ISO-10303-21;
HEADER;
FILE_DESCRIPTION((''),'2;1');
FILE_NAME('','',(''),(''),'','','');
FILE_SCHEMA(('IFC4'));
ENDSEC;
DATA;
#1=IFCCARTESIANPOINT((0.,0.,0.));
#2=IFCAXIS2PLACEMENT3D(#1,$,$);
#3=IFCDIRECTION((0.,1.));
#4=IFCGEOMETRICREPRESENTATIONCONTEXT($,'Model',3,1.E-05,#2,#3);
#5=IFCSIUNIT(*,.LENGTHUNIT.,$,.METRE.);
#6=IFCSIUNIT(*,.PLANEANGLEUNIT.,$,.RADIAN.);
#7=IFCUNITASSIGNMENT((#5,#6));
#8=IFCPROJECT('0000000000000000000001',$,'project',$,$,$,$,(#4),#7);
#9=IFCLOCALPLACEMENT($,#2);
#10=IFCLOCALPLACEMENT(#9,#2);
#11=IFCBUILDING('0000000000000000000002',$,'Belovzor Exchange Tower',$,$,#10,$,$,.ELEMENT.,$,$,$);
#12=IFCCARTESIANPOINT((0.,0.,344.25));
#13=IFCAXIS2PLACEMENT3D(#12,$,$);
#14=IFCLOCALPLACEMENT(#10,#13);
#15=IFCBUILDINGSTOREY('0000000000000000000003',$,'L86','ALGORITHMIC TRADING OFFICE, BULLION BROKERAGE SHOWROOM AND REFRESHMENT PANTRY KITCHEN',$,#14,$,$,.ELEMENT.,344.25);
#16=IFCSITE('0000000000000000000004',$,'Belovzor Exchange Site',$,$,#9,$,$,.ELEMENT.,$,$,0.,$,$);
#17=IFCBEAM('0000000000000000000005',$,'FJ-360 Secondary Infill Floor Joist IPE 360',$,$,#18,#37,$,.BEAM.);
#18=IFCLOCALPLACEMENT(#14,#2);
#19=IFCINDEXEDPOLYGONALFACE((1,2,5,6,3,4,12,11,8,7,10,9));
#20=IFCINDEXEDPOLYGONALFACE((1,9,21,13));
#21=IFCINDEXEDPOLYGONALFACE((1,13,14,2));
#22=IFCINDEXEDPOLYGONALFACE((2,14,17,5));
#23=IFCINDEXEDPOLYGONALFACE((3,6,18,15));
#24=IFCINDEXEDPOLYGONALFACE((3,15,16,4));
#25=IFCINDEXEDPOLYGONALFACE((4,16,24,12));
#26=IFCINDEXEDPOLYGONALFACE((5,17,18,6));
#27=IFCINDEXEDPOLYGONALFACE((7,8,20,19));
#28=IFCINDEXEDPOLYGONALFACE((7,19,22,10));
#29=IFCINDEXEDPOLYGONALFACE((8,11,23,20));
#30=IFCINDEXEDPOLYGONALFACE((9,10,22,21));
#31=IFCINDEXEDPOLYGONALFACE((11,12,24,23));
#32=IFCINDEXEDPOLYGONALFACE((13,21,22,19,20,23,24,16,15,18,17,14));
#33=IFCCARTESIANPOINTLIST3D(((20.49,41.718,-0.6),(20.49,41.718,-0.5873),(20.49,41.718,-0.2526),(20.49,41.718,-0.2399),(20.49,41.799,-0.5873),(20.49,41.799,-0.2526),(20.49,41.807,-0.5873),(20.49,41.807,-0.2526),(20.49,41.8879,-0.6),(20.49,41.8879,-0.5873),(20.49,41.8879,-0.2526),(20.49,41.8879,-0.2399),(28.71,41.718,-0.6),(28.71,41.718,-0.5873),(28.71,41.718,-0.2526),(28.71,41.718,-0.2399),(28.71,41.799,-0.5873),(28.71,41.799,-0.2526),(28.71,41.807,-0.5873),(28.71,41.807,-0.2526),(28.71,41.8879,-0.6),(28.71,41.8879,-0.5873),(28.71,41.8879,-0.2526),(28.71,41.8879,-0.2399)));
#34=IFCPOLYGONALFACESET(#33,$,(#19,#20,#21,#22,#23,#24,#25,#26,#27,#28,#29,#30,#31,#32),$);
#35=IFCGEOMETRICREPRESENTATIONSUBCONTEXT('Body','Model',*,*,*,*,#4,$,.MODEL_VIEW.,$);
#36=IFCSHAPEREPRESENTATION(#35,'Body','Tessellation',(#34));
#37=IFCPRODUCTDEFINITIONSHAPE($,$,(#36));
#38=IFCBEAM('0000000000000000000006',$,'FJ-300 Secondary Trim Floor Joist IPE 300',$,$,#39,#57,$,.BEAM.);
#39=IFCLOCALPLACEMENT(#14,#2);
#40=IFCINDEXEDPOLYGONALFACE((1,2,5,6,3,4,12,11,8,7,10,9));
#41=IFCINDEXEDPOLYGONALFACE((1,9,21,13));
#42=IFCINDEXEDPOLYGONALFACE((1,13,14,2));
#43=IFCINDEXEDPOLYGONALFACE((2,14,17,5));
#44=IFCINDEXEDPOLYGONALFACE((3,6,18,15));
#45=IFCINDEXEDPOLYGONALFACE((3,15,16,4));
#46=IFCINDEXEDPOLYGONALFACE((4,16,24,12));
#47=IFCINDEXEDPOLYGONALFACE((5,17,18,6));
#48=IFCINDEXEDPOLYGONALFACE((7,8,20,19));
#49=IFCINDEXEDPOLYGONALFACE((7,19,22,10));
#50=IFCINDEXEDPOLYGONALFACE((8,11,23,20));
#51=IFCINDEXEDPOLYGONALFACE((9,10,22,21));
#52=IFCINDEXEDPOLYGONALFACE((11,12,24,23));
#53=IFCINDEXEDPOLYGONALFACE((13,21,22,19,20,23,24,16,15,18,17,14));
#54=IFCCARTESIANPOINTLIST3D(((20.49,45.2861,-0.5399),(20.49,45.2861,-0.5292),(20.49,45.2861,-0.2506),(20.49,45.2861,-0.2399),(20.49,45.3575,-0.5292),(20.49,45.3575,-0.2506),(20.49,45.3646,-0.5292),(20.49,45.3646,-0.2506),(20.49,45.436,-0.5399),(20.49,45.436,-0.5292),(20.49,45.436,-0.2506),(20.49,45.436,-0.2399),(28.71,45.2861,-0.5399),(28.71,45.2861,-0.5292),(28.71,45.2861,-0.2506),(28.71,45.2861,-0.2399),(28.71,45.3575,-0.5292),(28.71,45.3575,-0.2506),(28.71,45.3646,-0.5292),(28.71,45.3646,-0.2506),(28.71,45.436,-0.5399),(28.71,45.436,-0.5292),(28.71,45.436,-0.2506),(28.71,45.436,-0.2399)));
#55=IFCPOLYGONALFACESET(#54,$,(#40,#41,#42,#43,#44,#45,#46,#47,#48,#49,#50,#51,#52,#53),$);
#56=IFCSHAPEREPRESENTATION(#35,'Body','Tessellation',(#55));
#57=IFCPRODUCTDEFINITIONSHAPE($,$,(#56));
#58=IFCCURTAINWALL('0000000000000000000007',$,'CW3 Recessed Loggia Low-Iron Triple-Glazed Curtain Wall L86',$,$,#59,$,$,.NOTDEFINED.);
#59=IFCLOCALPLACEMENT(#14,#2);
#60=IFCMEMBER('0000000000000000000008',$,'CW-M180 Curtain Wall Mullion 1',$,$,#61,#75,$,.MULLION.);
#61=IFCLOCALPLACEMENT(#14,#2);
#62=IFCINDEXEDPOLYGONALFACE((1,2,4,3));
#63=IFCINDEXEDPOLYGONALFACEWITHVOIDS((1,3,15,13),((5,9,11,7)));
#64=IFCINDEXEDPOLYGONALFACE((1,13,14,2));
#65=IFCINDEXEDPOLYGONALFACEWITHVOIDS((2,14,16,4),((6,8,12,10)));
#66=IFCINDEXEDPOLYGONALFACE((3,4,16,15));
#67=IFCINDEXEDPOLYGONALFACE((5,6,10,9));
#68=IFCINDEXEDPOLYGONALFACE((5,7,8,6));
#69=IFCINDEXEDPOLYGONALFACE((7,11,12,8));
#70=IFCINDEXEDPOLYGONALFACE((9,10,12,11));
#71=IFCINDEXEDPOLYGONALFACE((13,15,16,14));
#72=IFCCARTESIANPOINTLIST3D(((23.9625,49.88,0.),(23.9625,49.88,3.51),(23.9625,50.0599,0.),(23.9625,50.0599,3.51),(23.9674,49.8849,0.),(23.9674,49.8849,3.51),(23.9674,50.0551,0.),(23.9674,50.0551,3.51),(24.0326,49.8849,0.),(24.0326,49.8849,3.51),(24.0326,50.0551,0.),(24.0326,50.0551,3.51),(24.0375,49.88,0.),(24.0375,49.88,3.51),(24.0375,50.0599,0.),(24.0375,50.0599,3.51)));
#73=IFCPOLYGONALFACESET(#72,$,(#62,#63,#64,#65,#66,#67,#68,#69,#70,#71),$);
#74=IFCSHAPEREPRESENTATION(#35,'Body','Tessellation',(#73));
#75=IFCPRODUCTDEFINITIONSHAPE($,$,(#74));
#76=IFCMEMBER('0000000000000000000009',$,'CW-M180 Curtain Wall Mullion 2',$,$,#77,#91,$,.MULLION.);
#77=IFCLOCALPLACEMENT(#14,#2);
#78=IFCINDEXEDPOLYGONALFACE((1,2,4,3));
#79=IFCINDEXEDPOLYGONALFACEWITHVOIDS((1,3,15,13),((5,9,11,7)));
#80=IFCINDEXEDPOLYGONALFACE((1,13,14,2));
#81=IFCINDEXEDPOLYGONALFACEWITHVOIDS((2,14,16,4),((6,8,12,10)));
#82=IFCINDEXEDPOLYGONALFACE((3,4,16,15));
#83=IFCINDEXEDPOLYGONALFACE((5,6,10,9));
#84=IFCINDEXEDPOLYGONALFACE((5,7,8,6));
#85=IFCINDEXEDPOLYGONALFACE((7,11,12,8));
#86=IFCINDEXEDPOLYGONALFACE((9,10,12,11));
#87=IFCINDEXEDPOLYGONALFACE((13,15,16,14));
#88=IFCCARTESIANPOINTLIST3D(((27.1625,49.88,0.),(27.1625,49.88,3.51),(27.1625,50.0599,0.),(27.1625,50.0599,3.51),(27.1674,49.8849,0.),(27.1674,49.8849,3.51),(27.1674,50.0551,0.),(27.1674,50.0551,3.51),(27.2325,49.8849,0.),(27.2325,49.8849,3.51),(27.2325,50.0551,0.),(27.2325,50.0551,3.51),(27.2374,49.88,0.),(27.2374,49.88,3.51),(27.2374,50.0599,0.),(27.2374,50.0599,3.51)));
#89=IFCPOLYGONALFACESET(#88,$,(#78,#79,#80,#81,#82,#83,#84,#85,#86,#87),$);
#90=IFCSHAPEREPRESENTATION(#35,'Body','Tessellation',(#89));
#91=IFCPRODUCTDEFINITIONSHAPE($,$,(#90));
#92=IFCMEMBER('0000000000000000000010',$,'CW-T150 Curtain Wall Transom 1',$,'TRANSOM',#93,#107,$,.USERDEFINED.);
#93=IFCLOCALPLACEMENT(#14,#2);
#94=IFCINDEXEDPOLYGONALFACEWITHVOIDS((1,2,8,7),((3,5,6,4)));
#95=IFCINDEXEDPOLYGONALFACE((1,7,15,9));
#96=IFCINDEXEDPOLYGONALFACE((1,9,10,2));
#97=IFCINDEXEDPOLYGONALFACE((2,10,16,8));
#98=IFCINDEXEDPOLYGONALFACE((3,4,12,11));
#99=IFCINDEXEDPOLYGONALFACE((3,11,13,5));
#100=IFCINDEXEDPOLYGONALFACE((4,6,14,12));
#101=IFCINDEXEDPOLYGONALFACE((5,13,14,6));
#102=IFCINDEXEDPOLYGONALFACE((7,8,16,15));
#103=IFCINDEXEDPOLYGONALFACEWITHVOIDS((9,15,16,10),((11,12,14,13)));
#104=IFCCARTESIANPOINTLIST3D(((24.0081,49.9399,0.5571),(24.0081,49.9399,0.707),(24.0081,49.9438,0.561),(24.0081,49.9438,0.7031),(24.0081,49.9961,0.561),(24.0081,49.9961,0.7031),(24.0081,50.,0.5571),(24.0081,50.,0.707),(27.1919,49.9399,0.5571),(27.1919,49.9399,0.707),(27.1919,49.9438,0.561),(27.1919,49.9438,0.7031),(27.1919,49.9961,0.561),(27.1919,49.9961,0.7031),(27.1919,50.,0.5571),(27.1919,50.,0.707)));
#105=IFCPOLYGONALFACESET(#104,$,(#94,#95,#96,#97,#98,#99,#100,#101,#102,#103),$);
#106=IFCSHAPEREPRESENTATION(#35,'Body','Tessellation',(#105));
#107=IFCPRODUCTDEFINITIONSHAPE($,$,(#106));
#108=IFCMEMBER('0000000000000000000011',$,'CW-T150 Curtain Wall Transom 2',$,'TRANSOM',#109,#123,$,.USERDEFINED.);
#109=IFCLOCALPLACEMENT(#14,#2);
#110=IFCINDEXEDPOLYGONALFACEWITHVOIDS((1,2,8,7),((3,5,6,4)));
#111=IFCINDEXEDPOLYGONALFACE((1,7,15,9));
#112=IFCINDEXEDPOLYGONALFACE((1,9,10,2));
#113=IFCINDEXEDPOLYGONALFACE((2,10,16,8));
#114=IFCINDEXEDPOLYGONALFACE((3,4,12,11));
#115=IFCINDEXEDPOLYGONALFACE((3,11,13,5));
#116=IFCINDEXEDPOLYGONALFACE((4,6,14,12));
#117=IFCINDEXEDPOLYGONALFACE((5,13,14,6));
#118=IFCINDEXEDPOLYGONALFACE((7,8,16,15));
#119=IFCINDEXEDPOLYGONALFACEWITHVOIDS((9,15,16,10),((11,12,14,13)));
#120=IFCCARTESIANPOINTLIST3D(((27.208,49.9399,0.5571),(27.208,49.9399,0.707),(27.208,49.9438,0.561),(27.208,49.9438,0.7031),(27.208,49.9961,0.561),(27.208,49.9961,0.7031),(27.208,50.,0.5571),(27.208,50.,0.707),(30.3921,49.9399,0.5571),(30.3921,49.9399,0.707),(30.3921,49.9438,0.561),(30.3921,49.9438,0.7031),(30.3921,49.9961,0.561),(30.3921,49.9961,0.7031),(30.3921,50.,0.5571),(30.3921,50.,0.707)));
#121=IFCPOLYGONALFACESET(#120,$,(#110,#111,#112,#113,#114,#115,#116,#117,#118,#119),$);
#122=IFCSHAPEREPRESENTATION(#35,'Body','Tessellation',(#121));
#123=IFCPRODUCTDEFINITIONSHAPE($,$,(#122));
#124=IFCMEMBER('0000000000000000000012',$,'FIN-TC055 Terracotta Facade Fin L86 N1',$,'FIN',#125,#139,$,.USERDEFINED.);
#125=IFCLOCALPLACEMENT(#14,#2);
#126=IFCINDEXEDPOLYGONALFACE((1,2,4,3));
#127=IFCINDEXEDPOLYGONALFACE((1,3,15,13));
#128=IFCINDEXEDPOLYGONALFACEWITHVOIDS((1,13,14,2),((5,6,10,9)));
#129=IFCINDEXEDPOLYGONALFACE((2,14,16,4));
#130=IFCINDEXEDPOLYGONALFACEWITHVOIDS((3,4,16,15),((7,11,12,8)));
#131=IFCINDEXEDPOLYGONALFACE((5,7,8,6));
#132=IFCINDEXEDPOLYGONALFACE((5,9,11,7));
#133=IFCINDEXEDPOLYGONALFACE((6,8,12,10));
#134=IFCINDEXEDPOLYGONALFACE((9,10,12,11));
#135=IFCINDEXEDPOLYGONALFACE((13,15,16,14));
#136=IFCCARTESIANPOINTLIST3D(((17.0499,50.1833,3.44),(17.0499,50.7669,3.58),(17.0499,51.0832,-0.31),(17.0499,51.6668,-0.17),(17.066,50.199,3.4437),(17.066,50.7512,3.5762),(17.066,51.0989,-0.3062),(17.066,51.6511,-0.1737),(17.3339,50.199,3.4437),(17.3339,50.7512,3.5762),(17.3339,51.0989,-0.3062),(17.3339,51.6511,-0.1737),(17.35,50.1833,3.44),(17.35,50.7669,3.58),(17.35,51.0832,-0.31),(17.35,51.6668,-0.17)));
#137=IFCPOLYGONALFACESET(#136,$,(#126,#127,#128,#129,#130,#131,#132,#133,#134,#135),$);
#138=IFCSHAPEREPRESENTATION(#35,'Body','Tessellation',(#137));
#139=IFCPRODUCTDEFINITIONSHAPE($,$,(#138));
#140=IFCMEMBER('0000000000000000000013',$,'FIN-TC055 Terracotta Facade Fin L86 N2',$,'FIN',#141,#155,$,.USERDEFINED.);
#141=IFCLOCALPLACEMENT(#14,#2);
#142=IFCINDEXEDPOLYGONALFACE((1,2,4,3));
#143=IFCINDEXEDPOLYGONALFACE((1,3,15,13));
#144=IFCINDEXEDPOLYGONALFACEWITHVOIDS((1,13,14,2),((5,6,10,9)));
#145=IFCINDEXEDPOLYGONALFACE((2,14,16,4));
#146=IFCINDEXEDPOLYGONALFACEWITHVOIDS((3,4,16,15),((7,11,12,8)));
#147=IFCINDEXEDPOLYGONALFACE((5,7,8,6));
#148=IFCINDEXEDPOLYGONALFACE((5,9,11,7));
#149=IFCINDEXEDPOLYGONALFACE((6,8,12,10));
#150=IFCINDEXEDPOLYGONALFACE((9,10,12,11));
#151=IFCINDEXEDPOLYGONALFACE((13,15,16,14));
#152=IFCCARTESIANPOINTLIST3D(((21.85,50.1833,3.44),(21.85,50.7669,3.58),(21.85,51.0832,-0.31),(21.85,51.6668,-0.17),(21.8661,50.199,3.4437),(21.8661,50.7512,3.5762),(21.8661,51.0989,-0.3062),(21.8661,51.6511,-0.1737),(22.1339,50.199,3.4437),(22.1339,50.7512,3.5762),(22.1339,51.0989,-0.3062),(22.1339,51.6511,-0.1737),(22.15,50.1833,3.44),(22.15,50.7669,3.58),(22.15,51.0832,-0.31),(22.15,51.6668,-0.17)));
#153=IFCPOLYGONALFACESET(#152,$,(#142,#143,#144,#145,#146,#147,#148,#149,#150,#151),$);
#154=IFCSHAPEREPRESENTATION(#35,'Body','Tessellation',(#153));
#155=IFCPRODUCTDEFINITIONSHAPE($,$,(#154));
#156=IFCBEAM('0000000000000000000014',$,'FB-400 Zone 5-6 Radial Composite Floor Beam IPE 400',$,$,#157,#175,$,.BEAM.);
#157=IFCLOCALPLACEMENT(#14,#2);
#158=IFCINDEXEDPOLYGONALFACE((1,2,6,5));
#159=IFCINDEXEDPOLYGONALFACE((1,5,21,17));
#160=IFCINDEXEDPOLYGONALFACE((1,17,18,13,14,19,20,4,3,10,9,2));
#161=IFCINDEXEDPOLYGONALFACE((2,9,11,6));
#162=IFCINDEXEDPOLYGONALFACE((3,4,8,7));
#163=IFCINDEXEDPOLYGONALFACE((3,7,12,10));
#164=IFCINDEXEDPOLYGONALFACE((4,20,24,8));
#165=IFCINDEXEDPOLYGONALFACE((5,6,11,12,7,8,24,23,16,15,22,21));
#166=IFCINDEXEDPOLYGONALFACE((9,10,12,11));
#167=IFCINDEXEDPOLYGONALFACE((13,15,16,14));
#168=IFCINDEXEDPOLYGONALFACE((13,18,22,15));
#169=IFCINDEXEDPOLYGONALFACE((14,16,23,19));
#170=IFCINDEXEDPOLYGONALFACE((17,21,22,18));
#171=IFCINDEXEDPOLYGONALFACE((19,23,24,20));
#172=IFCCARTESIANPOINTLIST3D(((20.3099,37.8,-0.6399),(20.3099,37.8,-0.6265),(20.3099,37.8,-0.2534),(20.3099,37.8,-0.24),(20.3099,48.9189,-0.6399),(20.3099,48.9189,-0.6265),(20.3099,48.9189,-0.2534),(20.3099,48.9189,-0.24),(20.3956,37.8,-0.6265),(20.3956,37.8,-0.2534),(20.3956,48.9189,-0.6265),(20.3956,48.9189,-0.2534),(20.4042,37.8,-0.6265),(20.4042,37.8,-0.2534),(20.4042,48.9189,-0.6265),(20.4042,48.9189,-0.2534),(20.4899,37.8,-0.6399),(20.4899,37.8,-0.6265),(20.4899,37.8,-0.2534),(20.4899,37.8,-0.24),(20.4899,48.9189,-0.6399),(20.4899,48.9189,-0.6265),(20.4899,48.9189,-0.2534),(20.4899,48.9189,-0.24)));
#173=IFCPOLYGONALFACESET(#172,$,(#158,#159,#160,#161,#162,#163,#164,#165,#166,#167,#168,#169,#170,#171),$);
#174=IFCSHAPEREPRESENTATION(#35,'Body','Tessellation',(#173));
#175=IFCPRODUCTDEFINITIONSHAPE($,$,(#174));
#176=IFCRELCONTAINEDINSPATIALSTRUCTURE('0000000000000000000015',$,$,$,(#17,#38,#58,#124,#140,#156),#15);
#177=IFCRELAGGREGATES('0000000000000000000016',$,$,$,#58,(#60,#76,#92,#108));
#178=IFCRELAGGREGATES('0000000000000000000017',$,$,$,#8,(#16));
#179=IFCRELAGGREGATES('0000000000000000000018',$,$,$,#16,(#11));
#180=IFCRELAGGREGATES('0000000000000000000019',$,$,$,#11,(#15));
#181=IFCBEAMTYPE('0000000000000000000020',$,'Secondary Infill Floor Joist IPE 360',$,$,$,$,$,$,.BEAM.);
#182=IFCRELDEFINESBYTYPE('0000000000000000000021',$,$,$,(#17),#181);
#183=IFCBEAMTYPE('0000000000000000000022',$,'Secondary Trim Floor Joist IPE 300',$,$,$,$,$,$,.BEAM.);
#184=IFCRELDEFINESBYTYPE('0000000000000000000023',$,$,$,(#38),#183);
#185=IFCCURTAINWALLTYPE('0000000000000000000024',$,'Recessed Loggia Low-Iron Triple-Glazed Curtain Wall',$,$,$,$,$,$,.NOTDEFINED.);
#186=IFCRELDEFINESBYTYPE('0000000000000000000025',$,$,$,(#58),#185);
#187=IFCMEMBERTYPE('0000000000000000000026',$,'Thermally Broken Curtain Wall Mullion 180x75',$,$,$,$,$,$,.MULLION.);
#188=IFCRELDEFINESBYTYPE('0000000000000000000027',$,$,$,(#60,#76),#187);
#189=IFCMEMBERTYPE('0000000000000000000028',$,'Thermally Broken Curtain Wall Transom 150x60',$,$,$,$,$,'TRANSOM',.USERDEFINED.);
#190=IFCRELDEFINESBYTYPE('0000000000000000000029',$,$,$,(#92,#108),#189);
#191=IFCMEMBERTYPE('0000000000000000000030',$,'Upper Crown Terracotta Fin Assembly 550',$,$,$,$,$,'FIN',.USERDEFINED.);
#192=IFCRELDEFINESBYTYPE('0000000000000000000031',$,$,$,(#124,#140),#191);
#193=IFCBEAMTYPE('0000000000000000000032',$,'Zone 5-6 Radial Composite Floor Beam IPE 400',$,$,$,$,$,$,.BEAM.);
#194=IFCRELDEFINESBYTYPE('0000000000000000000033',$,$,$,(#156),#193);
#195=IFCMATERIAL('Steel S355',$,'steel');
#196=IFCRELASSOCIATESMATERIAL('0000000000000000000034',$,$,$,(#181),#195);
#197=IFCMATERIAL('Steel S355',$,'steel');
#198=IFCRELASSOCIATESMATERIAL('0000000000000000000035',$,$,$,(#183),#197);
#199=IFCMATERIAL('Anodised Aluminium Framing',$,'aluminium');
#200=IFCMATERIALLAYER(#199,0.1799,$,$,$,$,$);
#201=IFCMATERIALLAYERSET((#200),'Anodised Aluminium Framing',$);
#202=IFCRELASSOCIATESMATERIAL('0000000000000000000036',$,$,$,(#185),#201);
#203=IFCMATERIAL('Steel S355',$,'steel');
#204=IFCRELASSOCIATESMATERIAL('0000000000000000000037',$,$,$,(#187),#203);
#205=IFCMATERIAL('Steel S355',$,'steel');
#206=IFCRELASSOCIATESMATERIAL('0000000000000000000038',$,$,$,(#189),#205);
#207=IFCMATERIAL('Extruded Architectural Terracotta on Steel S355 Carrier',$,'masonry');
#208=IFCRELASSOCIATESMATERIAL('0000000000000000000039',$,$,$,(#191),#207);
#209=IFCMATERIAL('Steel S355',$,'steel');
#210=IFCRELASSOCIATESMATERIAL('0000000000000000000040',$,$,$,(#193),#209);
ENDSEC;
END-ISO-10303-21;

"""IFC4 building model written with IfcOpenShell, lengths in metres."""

from ifc_helpers import new_model, si_unit, direction, frame, origin, origin_2d, place, context, subcontext, project, spatial, hollow_rectangle, i_section, extrude, material, layer, layer_set, material_profile, profile_set, type_object, element, aggregate, save


model = new_model("IFC4")

# Units and contexts
model_context = context("Model", 3, precision=1e-05, world=origin(), true_north=direction((0.0, 1.0)))
body_context = subcontext(model_context, "Body", "Model", "MODEL_VIEW")
ifc_project = project(units=[si_unit("LENGTHUNIT", "METRE"), si_unit("PLANEANGLEUNIT", "RADIAN")], contexts=[model_context])

# Site, building, storey
site_placement = place(None, origin())
site = spatial("IfcSite", under=ifc_project, at=site_placement, Name="Belovzor Exchange Site", CompositionType="ELEMENT", RefElevation=0.0)
building_placement = place(site_placement, origin())
building = spatial("IfcBuilding", under=site, at=building_placement, Name="Belovzor Exchange Tower", CompositionType="ELEMENT")
storey_placement = place(building_placement, frame((0.0, 0.0, 344.25)))
storey = spatial("IfcBuildingStorey", under=building, at=storey_placement, Name="L86", Description="ALGORITHMIC TRADING OFFICE, BULLION BROKERAGE SHOWROOM AND REFRESHMENT PANTRY KITCHEN", CompositionType="ELEMENT", Elevation=344.25)

# Beams
ifc_material_1 = material(Name="Steel S355", Category="steel")
ifc_material_profile_1 = material_profile(ifc_material_1, i_section(OverallWidth=0.1699, OverallDepth=0.3601, WebThickness=0.0081, FlangeThickness=0.0127, at=origin_2d()))
ifc_profile_set_1 = profile_set([ifc_material_profile_1], Name="Steel S355")
beam_type_1 = type_object("IfcBeamType", Name="Secondary Infill Floor Joist IPE 360", PredefinedType="BEAM", material=ifc_profile_set_1)
beam_1_placement = place(storey_placement, frame((20.49, 41.803, -0.4199), z_axis=(1.0, 0.0, 0.0), x_axis=(0.0, 1.0, 0.0)))
element("IfcBeam", 1, at=beam_1_placement, inside=storey, type_object=beam_type_1, Name="FJ-360 Secondary Infill Floor Joist IPE 360", PredefinedType="BEAM", context=body_context, shape_type="SweptSolid", body=[
    extrude(i_section(OverallWidth=0.1699, OverallDepth=0.3601, WebThickness=0.0081, FlangeThickness=0.0127, at=origin_2d()), origin(), (0.0, 0.0, 1.0), 8.22),
])
ifc_material_2 = material(Name="Steel S355", Category="steel")
ifc_material_profile_2 = material_profile(ifc_material_2, i_section(OverallWidth=0.1499, OverallDepth=0.3, WebThickness=0.0071, FlangeThickness=0.0107, at=origin_2d()))
ifc_profile_set_2 = profile_set([ifc_material_profile_2], Name="Steel S355")
beam_type_2 = type_object("IfcBeamType", Name="Secondary Trim Floor Joist IPE 300", PredefinedType="BEAM", material=ifc_profile_set_2)
beam_2_placement = place(storey_placement, frame((20.49, 45.3611, -0.3899), z_axis=(1.0, 0.0, 0.0), x_axis=(0.0, 1.0, 0.0)))
element("IfcBeam", 2, at=beam_2_placement, inside=storey, type_object=beam_type_2, Name="FJ-300 Secondary Trim Floor Joist IPE 300", PredefinedType="BEAM", context=body_context, shape_type="SweptSolid", body=[
    extrude(i_section(OverallWidth=0.1499, OverallDepth=0.3, WebThickness=0.0071, FlangeThickness=0.0107, at=origin_2d()), origin(), (0.0, 0.0, 1.0), 8.22),
])

# Curtain wall, members
ifc_material_3 = material(Name="Anodised Aluminium Framing", Category="aluminium")
ifc_layer_1 = layer(ifc_material_3, 0.1799)
ifc_layer_set_1 = layer_set([ifc_layer_1], Name="Anodised Aluminium Framing")
curtain_wall_type = type_object("IfcCurtainWallType", Name="Recessed Loggia Low-Iron Triple-Glazed Curtain Wall", PredefinedType="NOTDEFINED", material=ifc_layer_set_1)
curtain_wall_placement = place(storey_placement, origin())
curtain_wall = element("IfcCurtainWall", 3, at=curtain_wall_placement, inside=storey, type_object=curtain_wall_type, Name="CW3 Recessed Loggia Low-Iron Triple-Glazed Curtain Wall L86", PredefinedType="NOTDEFINED")
ifc_material_4 = material(Name="Steel S355", Category="steel")
ifc_material_profile_3 = material_profile(ifc_material_4, hollow_rectangle(XDim=0.075, YDim=0.1799, WallThickness=0.0049, at=origin_2d()))
ifc_profile_set_3 = profile_set([ifc_material_profile_3], Name="Steel S355")
member_type_1 = type_object("IfcMemberType", Name="Thermally Broken Curtain Wall Mullion 180x75", PredefinedType="MULLION", material=ifc_profile_set_3)
member_1_placement = place(storey_placement, frame((24.0, 49.97, 0.0), z_axis=(0.0, 0.0, 1.0), x_axis=(1.0, 0.0, 0.0)))
member_1 = element("IfcMember", 4, at=member_1_placement, type_object=member_type_1, Name="CW-M180 Curtain Wall Mullion 1", PredefinedType="MULLION", context=body_context, shape_type="SweptSolid", body=[
    extrude(hollow_rectangle(XDim=0.075, YDim=0.1799, WallThickness=0.0049, at=origin_2d()), origin(), (0.0, 0.0, 1.0), 3.51),
])
member_2_placement = place(storey_placement, frame((27.2, 49.97, 0.0), z_axis=(0.0, 0.0, 1.0), x_axis=(1.0, 0.0, 0.0)))
member_2 = element("IfcMember", 5, at=member_2_placement, type_object=member_type_1, Name="CW-M180 Curtain Wall Mullion 2", PredefinedType="MULLION", context=body_context, shape_type="SweptSolid", body=[
    extrude(hollow_rectangle(XDim=0.075, YDim=0.1799, WallThickness=0.0049, at=origin_2d()), origin(), (0.0, 0.0, 1.0), 3.51),
])
ifc_material_5 = material(Name="Steel S355", Category="steel")
ifc_material_profile_4 = material_profile(ifc_material_5, hollow_rectangle(XDim=0.0601, YDim=0.1499, WallThickness=0.0039, at=origin_2d()))
ifc_profile_set_4 = profile_set([ifc_material_profile_4], Name="Steel S355")
member_type_2 = type_object("IfcMemberType", Name="Thermally Broken Curtain Wall Transom 150x60", ElementType="TRANSOM", PredefinedType="USERDEFINED", material=ifc_profile_set_4)
member_3_placement = place(storey_placement, frame((24.0081, 49.97, 0.6321), z_axis=(1.0, 0.0, 0.0), x_axis=(0.0, 1.0, 0.0)))
member_3 = element("IfcMember", 6, at=member_3_placement, type_object=member_type_2, Name="CW-T150 Curtain Wall Transom 1", ObjectType="TRANSOM", PredefinedType="USERDEFINED", context=body_context, shape_type="SweptSolid", body=[
    extrude(hollow_rectangle(XDim=0.0601, YDim=0.1499, WallThickness=0.0039, at=origin_2d()), origin(), (0.0, 0.0, 1.0), 3.1838),
])
member_4_placement = place(storey_placement, frame((27.208, 49.97, 0.6321), z_axis=(1.0, 0.0, 0.0), x_axis=(0.0, 1.0, 0.0)))
member_4 = element("IfcMember", 7, at=member_4_placement, type_object=member_type_2, Name="CW-T150 Curtain Wall Transom 2", ObjectType="TRANSOM", PredefinedType="USERDEFINED", context=body_context, shape_type="SweptSolid", body=[
    extrude(hollow_rectangle(XDim=0.0601, YDim=0.1499, WallThickness=0.0039, at=origin_2d()), origin(), (0.0, 0.0, 1.0), 3.1841),
])

# Members
ifc_material_6 = material(Name="Extruded Architectural Terracotta on Steel S355 Carrier", Category="masonry")
ifc_material_profile_5 = material_profile(ifc_material_6, hollow_rectangle(XDim=0.3, YDim=0.6001, WallThickness=0.0161, at=origin_2d()))
ifc_profile_set_5 = profile_set([ifc_material_profile_5], Name="Extruded Architectural Terracotta on Steel S355 Carrier")
member_type_3 = type_object("IfcMemberType", Name="Upper Crown Terracotta Fin Assembly 550", ElementType="FIN", PredefinedType="USERDEFINED", material=ifc_profile_set_5)
for number, where, z_axis, x_axis, name in (
    (8, (17.2, 51.375, -0.24), (0.0, -0.233349, 0.972393), (1.0, 0.0, 0.0), "FIN-TC055 Terracotta Facade Fin L86 N1"),
    (9, (22.0, 51.375, -0.24), (0.0, -0.233349, 0.972393), (1.0, 0.0, 0.0), "FIN-TC055 Terracotta Facade Fin L86 N2"),
):
    element("IfcMember", number, at=place(storey_placement, frame(where, z_axis=z_axis, x_axis=x_axis)), inside=storey, type_object=member_type_3, Name=name, ObjectType="FIN", PredefinedType="USERDEFINED", context=body_context, shape_type="SweptSolid", body=[
        extrude(hollow_rectangle(XDim=0.3, YDim=0.6001, WallThickness=0.0161, at=origin_2d()), origin(), (0.0, 0.0, 1.0), 3.8564),
    ])

# Beam
ifc_material_7 = material(Name="Steel S355", Category="steel")
ifc_material_profile_6 = material_profile(ifc_material_7, i_section(OverallWidth=0.1799, OverallDepth=0.3999, WebThickness=0.0085, FlangeThickness=0.0134, at=origin_2d()))
ifc_profile_set_6 = profile_set([ifc_material_profile_6], Name="Steel S355")
beam_type_3 = type_object("IfcBeamType", Name="Zone 5-6 Radial Composite Floor Beam IPE 400", PredefinedType="BEAM", material=ifc_profile_set_6)
beam_3_placement = place(storey_placement, frame((20.3999, 37.8, -0.4399), z_axis=(0.0, 1.0, 0.0), x_axis=(-1.0, 0.0, 0.0)))
element("IfcBeam", 10, at=beam_3_placement, inside=storey, type_object=beam_type_3, Name="FB-400 Zone 5-6 Radial Composite Floor Beam IPE 400", PredefinedType="BEAM", context=body_context, shape_type="SweptSolid", body=[
    extrude(i_section(OverallWidth=0.1799, OverallDepth=0.3999, WebThickness=0.0085, FlangeThickness=0.0134, at=origin_2d()), origin(), (0.0, 0.0, 1.0), 11.1189),
])

aggregate(curtain_wall, [member_1, member_2, member_3, member_4])

save(model, "model.ifc")
